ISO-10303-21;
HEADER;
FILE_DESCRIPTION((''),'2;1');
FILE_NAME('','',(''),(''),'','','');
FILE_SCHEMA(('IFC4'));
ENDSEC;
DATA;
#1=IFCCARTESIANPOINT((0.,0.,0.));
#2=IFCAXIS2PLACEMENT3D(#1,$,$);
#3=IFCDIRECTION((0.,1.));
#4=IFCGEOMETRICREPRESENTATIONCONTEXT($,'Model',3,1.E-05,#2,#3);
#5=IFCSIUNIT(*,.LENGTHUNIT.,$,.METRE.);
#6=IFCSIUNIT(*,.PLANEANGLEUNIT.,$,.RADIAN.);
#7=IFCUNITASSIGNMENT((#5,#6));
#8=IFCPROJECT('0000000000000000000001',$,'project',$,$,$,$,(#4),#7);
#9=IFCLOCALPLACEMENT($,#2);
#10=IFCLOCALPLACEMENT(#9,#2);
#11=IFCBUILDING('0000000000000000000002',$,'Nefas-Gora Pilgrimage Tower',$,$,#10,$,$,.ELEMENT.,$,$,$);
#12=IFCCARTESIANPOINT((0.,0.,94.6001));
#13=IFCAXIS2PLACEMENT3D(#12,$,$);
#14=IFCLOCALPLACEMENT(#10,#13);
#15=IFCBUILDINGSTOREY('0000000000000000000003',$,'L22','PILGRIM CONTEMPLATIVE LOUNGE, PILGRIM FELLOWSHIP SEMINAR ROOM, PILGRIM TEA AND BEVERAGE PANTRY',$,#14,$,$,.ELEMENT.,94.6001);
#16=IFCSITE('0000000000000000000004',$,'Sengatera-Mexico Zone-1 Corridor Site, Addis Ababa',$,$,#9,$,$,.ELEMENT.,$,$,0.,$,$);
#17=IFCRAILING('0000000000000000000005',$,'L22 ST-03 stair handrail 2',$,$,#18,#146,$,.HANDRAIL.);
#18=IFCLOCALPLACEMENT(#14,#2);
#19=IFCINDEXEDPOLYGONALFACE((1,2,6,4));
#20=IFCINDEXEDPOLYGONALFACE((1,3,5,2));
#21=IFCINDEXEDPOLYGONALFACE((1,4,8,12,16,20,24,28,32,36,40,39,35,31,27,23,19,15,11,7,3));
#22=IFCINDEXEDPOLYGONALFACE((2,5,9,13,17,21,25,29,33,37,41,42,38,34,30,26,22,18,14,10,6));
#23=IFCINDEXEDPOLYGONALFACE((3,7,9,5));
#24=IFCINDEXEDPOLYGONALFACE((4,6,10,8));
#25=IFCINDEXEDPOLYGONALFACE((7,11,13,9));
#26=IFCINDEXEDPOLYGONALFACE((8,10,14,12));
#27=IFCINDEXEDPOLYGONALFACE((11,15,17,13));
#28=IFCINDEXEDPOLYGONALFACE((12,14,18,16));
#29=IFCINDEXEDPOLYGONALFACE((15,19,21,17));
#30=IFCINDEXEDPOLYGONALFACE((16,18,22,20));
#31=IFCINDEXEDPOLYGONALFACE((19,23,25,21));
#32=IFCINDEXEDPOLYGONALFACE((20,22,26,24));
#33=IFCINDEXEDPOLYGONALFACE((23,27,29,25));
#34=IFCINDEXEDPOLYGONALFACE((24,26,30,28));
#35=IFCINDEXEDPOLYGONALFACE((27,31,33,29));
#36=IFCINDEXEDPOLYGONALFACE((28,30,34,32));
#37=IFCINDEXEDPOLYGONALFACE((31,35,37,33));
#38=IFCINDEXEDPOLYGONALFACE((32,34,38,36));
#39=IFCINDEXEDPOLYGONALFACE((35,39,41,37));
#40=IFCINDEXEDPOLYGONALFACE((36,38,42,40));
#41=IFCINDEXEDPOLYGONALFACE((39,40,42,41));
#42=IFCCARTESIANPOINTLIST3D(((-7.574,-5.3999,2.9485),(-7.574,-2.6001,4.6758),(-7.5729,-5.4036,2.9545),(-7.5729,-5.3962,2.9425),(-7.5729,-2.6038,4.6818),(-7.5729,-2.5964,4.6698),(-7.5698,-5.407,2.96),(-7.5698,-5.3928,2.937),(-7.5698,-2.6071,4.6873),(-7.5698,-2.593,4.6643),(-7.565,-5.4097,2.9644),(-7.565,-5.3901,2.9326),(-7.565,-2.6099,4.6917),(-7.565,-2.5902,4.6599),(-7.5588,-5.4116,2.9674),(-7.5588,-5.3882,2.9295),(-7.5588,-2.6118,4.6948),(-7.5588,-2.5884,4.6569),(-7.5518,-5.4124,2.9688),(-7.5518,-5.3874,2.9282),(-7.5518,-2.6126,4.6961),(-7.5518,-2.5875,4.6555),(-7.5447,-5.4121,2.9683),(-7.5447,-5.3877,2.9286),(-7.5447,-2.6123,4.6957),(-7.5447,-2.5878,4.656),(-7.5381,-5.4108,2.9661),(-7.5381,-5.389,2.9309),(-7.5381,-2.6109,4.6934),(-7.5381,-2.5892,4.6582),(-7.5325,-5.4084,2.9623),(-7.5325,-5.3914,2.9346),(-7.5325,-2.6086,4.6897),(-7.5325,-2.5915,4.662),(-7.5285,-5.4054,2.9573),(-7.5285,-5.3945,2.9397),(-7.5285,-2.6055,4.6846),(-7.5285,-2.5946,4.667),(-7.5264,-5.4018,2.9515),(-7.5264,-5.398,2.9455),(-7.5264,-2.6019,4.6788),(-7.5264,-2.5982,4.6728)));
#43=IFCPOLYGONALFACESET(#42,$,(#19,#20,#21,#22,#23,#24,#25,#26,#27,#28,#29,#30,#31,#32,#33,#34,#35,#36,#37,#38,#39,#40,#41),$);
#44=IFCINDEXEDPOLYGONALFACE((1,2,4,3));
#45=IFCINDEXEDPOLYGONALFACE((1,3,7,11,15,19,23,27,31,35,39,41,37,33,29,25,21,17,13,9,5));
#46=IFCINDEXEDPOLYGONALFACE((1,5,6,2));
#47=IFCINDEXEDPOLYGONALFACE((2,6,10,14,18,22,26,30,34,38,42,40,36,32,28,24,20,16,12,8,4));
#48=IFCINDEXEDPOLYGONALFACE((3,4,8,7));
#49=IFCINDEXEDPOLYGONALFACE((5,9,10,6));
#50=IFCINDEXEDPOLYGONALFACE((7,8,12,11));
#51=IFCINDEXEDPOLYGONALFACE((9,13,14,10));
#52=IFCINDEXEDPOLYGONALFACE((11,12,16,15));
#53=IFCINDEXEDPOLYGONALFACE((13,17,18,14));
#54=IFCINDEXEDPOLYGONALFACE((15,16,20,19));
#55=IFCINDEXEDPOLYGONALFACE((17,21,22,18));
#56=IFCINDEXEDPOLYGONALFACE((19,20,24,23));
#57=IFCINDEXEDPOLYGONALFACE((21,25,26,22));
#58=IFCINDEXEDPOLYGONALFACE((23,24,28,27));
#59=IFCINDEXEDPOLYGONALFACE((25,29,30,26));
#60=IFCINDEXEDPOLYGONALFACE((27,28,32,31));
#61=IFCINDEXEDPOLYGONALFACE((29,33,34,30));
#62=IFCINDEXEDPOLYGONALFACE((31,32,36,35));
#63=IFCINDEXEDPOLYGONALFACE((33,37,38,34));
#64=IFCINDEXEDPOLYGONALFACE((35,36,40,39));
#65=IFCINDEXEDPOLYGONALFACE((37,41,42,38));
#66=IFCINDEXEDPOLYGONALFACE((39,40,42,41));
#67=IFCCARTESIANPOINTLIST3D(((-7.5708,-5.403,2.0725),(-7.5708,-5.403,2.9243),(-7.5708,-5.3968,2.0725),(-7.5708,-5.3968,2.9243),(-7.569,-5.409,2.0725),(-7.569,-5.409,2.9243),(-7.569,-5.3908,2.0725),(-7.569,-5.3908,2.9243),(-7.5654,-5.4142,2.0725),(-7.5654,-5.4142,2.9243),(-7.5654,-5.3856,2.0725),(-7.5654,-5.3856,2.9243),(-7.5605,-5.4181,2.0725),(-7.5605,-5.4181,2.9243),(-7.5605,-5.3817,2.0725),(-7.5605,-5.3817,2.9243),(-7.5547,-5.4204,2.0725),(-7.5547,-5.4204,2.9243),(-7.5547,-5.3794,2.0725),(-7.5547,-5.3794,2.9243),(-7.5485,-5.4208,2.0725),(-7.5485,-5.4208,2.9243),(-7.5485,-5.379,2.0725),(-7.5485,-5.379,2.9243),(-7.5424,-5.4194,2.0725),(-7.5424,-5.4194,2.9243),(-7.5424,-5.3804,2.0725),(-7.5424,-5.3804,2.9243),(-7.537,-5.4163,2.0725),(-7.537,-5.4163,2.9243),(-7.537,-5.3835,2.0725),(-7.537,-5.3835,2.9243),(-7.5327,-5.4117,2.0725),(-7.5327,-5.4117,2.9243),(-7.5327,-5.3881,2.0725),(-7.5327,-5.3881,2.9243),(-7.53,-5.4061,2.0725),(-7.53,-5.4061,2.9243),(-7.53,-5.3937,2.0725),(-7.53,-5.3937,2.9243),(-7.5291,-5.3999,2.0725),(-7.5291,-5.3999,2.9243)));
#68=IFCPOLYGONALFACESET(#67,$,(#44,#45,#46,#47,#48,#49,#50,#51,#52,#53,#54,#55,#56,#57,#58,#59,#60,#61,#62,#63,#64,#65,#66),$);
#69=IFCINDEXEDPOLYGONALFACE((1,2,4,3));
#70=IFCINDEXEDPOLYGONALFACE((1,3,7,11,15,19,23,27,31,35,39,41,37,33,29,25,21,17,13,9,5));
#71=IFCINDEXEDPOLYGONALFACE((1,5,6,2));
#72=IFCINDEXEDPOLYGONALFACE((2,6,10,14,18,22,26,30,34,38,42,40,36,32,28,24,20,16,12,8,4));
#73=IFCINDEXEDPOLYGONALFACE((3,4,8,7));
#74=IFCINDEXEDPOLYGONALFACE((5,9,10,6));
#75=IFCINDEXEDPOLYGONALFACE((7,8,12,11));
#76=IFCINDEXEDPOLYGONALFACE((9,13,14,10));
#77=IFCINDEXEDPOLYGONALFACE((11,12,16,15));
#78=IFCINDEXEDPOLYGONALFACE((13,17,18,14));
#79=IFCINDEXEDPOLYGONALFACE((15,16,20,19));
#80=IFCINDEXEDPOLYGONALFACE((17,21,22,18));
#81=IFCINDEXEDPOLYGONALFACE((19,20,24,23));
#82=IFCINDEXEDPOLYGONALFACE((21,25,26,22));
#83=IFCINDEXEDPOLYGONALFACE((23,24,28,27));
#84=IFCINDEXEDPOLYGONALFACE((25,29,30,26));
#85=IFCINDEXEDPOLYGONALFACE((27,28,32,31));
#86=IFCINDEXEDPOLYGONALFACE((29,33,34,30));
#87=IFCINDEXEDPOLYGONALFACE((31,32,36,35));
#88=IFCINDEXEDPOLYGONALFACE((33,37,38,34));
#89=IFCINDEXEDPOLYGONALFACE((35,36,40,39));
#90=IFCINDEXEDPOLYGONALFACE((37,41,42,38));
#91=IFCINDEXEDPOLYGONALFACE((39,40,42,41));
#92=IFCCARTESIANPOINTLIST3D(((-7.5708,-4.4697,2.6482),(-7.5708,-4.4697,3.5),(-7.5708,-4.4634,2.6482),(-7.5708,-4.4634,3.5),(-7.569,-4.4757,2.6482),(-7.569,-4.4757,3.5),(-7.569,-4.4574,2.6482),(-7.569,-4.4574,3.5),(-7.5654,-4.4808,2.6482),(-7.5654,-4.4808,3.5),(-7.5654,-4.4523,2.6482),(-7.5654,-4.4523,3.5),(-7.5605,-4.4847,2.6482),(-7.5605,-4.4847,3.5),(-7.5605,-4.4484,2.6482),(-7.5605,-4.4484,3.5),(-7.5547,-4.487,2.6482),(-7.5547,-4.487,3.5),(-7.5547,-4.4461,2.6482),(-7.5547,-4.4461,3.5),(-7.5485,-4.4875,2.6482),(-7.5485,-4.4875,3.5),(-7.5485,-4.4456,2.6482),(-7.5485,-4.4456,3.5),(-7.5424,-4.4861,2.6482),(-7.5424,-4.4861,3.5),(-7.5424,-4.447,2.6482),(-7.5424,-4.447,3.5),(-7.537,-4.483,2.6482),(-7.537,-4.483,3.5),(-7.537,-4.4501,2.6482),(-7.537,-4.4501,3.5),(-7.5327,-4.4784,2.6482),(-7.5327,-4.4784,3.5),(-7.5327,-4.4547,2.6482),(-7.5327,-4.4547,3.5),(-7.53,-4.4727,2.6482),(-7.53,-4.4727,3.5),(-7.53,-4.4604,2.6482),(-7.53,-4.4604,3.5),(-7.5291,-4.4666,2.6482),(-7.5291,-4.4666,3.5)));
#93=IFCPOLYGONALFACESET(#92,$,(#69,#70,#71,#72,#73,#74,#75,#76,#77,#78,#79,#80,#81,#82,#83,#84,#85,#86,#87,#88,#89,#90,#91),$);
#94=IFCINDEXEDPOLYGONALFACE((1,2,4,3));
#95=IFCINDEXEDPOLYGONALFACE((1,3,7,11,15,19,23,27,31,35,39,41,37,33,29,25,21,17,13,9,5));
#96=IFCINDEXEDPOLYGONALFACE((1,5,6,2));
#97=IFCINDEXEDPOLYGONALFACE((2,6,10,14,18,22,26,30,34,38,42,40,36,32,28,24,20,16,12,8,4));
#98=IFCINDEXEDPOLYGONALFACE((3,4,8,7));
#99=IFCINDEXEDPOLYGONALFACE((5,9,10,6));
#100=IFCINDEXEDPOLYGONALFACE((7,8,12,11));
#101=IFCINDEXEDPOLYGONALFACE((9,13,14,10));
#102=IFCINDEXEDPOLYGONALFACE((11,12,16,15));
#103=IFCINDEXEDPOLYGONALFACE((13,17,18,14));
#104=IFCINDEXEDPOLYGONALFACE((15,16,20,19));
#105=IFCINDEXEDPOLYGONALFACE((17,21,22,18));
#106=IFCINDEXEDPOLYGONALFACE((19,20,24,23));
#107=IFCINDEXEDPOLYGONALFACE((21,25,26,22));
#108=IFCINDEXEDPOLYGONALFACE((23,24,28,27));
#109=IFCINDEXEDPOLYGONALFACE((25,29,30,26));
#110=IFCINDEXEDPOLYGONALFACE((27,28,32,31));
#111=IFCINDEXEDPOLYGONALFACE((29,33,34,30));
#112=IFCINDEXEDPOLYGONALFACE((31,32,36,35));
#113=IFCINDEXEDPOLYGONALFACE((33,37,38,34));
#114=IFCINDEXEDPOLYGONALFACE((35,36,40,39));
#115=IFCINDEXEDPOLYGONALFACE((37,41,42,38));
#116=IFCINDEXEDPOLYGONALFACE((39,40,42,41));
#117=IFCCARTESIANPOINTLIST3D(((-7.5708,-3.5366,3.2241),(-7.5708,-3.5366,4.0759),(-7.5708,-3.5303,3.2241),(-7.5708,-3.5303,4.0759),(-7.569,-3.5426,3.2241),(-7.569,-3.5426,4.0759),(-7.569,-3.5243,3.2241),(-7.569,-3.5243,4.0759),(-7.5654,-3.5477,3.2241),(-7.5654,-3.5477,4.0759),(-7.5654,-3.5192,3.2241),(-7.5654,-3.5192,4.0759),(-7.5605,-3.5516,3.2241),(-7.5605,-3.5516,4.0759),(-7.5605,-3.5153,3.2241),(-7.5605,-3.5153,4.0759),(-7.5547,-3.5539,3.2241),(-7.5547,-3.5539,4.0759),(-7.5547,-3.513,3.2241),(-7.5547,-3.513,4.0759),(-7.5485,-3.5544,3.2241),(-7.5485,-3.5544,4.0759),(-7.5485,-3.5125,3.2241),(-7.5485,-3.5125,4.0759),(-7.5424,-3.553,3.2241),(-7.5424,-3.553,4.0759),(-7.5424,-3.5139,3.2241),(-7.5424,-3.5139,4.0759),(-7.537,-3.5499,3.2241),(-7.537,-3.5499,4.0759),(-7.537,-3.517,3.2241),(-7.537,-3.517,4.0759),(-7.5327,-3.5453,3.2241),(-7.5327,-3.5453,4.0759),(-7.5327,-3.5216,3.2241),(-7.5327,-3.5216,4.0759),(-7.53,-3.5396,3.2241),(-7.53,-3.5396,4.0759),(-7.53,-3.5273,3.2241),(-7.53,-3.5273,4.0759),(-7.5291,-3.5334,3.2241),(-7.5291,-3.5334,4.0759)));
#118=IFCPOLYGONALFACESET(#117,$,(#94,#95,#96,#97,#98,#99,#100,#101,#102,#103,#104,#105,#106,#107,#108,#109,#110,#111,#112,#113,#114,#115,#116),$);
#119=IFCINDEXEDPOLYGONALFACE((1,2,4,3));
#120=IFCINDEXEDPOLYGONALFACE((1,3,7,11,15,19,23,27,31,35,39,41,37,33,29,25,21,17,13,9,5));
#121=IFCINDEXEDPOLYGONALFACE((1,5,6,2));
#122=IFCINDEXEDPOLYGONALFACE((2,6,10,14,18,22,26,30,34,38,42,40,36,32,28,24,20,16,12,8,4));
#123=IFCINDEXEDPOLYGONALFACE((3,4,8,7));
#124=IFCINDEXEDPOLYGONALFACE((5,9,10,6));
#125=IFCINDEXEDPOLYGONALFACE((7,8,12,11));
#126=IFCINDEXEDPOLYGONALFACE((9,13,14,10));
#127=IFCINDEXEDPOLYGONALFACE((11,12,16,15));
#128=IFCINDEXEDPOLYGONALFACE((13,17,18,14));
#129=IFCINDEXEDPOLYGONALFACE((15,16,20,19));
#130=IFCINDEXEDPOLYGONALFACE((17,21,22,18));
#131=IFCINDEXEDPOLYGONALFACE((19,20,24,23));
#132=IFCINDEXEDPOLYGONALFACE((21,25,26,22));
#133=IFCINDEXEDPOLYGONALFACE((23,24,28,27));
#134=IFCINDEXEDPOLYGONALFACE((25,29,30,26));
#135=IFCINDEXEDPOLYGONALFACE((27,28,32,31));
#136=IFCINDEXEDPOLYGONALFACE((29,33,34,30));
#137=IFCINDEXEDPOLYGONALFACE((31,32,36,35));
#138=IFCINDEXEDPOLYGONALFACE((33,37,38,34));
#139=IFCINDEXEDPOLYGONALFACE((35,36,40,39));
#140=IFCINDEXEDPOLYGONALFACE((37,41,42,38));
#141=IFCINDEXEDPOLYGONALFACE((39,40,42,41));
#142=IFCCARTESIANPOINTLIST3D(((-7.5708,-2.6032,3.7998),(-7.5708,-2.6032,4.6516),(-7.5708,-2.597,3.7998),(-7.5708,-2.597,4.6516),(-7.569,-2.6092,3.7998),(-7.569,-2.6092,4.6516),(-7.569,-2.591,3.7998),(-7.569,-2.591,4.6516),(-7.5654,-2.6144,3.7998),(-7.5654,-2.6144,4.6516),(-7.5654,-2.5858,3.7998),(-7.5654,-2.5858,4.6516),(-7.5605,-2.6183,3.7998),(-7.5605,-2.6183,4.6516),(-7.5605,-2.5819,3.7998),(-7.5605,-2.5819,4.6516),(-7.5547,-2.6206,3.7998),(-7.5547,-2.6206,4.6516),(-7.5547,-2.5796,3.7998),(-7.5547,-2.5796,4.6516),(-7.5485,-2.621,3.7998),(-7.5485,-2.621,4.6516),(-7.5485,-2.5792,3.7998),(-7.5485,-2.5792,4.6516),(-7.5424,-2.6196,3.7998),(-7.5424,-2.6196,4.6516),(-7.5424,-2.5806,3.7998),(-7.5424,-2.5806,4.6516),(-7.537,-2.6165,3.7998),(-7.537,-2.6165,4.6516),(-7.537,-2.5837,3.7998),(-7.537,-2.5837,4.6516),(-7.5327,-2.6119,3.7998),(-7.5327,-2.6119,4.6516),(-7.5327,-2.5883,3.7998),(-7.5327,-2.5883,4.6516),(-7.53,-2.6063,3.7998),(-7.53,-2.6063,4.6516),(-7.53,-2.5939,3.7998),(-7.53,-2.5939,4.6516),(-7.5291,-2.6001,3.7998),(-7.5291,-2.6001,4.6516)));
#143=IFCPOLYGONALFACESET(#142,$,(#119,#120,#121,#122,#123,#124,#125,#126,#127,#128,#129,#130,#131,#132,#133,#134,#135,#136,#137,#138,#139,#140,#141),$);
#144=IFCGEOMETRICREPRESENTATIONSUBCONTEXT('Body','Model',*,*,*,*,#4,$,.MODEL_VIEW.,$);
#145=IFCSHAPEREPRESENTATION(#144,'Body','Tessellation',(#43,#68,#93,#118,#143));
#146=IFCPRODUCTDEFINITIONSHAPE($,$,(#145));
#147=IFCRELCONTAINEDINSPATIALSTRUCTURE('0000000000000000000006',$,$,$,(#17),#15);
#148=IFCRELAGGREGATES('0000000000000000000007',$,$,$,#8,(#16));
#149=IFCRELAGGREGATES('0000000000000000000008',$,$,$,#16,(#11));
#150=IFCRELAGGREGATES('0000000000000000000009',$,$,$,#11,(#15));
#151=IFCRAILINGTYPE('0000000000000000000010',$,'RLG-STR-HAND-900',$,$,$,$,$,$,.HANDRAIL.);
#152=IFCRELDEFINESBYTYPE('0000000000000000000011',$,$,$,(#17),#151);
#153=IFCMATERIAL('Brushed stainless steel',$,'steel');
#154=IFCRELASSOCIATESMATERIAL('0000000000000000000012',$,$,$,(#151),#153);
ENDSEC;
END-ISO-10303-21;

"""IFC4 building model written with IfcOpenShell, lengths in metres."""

from ifc_helpers import new_model, si_unit, direction, frame, origin, origin_2d, place, context, subcontext, project, spatial, circle, extrude, material, type_object, element, save


model = new_model("IFC4")

# Units and contexts
model_context = context("Model", 3, precision=1e-05, world=origin(), true_north=direction((0.0, 1.0)))
body_context = subcontext(model_context, "Body", "Model", "MODEL_VIEW")
ifc_project = project(units=[si_unit("LENGTHUNIT", "METRE"), si_unit("PLANEANGLEUNIT", "RADIAN")], contexts=[model_context])

# Site, building, storey
site_placement = place(None, origin())
site = spatial("IfcSite", under=ifc_project, at=site_placement, Name="Sengatera-Mexico Zone-1 Corridor Site, Addis Ababa", CompositionType="ELEMENT", RefElevation=0.0)
building_placement = place(site_placement, origin())
building = spatial("IfcBuilding", under=site, at=building_placement, Name="Nefas-Gora Pilgrimage Tower", CompositionType="ELEMENT")
storey_placement = place(building_placement, frame((0.0, 0.0, 94.6001)))
storey = spatial("IfcBuildingStorey", under=building, at=storey_placement, Name="L22", Description="PILGRIM CONTEMPLATIVE LOUNGE, PILGRIM FELLOWSHIP SEMINAR ROOM, PILGRIM TEA AND BEVERAGE PANTRY", CompositionType="ELEMENT", Elevation=94.6001)

# Railing
ifc_material_1 = material(Name="Brushed stainless steel", Category="steel")
railing_type_1 = type_object("IfcRailingType", Name="RLG-STR-HAND-900", PredefinedType="HANDRAIL", material=ifc_material_1)
railing_1_placement = place(storey_placement, frame((-7.55, -5.3999, 2.0725)))
element("IfcRailing", 1, at=railing_1_placement, inside=storey, type_object=railing_type_1, Name="L22 ST-03 stair handrail 2", PredefinedType="HANDRAIL", context=body_context, shape_type="SweptSolid", body=[
    extrude(circle(Radius=0.0239, at=origin_2d()), frame((0.0, 0.0, 0.876), z_axis=(0.0, 0.851069, 0.525054), x_axis=(-1.0, 0.0, 0.0)), (0.0, 0.0, 1.0), 3.2898),
    extrude(circle(Radius=0.021, at=origin_2d()), origin(), (0.0, 0.0, 1.0), 0.8518),
    extrude(circle(Radius=0.021, at=origin_2d()), frame((0.0, 0.9333, 0.5757)), (0.0, 0.0, 1.0), 0.8518),
    extrude(circle(Radius=0.021, at=origin_2d()), frame((0.0, 1.8665, 1.1516)), (0.0, 0.0, 1.0), 0.8518),
    extrude(circle(Radius=0.021, at=origin_2d()), frame((0.0, 2.7998, 1.7273)), (0.0, 0.0, 1.0), 0.8518),
])

save(model, "model.ifc")
